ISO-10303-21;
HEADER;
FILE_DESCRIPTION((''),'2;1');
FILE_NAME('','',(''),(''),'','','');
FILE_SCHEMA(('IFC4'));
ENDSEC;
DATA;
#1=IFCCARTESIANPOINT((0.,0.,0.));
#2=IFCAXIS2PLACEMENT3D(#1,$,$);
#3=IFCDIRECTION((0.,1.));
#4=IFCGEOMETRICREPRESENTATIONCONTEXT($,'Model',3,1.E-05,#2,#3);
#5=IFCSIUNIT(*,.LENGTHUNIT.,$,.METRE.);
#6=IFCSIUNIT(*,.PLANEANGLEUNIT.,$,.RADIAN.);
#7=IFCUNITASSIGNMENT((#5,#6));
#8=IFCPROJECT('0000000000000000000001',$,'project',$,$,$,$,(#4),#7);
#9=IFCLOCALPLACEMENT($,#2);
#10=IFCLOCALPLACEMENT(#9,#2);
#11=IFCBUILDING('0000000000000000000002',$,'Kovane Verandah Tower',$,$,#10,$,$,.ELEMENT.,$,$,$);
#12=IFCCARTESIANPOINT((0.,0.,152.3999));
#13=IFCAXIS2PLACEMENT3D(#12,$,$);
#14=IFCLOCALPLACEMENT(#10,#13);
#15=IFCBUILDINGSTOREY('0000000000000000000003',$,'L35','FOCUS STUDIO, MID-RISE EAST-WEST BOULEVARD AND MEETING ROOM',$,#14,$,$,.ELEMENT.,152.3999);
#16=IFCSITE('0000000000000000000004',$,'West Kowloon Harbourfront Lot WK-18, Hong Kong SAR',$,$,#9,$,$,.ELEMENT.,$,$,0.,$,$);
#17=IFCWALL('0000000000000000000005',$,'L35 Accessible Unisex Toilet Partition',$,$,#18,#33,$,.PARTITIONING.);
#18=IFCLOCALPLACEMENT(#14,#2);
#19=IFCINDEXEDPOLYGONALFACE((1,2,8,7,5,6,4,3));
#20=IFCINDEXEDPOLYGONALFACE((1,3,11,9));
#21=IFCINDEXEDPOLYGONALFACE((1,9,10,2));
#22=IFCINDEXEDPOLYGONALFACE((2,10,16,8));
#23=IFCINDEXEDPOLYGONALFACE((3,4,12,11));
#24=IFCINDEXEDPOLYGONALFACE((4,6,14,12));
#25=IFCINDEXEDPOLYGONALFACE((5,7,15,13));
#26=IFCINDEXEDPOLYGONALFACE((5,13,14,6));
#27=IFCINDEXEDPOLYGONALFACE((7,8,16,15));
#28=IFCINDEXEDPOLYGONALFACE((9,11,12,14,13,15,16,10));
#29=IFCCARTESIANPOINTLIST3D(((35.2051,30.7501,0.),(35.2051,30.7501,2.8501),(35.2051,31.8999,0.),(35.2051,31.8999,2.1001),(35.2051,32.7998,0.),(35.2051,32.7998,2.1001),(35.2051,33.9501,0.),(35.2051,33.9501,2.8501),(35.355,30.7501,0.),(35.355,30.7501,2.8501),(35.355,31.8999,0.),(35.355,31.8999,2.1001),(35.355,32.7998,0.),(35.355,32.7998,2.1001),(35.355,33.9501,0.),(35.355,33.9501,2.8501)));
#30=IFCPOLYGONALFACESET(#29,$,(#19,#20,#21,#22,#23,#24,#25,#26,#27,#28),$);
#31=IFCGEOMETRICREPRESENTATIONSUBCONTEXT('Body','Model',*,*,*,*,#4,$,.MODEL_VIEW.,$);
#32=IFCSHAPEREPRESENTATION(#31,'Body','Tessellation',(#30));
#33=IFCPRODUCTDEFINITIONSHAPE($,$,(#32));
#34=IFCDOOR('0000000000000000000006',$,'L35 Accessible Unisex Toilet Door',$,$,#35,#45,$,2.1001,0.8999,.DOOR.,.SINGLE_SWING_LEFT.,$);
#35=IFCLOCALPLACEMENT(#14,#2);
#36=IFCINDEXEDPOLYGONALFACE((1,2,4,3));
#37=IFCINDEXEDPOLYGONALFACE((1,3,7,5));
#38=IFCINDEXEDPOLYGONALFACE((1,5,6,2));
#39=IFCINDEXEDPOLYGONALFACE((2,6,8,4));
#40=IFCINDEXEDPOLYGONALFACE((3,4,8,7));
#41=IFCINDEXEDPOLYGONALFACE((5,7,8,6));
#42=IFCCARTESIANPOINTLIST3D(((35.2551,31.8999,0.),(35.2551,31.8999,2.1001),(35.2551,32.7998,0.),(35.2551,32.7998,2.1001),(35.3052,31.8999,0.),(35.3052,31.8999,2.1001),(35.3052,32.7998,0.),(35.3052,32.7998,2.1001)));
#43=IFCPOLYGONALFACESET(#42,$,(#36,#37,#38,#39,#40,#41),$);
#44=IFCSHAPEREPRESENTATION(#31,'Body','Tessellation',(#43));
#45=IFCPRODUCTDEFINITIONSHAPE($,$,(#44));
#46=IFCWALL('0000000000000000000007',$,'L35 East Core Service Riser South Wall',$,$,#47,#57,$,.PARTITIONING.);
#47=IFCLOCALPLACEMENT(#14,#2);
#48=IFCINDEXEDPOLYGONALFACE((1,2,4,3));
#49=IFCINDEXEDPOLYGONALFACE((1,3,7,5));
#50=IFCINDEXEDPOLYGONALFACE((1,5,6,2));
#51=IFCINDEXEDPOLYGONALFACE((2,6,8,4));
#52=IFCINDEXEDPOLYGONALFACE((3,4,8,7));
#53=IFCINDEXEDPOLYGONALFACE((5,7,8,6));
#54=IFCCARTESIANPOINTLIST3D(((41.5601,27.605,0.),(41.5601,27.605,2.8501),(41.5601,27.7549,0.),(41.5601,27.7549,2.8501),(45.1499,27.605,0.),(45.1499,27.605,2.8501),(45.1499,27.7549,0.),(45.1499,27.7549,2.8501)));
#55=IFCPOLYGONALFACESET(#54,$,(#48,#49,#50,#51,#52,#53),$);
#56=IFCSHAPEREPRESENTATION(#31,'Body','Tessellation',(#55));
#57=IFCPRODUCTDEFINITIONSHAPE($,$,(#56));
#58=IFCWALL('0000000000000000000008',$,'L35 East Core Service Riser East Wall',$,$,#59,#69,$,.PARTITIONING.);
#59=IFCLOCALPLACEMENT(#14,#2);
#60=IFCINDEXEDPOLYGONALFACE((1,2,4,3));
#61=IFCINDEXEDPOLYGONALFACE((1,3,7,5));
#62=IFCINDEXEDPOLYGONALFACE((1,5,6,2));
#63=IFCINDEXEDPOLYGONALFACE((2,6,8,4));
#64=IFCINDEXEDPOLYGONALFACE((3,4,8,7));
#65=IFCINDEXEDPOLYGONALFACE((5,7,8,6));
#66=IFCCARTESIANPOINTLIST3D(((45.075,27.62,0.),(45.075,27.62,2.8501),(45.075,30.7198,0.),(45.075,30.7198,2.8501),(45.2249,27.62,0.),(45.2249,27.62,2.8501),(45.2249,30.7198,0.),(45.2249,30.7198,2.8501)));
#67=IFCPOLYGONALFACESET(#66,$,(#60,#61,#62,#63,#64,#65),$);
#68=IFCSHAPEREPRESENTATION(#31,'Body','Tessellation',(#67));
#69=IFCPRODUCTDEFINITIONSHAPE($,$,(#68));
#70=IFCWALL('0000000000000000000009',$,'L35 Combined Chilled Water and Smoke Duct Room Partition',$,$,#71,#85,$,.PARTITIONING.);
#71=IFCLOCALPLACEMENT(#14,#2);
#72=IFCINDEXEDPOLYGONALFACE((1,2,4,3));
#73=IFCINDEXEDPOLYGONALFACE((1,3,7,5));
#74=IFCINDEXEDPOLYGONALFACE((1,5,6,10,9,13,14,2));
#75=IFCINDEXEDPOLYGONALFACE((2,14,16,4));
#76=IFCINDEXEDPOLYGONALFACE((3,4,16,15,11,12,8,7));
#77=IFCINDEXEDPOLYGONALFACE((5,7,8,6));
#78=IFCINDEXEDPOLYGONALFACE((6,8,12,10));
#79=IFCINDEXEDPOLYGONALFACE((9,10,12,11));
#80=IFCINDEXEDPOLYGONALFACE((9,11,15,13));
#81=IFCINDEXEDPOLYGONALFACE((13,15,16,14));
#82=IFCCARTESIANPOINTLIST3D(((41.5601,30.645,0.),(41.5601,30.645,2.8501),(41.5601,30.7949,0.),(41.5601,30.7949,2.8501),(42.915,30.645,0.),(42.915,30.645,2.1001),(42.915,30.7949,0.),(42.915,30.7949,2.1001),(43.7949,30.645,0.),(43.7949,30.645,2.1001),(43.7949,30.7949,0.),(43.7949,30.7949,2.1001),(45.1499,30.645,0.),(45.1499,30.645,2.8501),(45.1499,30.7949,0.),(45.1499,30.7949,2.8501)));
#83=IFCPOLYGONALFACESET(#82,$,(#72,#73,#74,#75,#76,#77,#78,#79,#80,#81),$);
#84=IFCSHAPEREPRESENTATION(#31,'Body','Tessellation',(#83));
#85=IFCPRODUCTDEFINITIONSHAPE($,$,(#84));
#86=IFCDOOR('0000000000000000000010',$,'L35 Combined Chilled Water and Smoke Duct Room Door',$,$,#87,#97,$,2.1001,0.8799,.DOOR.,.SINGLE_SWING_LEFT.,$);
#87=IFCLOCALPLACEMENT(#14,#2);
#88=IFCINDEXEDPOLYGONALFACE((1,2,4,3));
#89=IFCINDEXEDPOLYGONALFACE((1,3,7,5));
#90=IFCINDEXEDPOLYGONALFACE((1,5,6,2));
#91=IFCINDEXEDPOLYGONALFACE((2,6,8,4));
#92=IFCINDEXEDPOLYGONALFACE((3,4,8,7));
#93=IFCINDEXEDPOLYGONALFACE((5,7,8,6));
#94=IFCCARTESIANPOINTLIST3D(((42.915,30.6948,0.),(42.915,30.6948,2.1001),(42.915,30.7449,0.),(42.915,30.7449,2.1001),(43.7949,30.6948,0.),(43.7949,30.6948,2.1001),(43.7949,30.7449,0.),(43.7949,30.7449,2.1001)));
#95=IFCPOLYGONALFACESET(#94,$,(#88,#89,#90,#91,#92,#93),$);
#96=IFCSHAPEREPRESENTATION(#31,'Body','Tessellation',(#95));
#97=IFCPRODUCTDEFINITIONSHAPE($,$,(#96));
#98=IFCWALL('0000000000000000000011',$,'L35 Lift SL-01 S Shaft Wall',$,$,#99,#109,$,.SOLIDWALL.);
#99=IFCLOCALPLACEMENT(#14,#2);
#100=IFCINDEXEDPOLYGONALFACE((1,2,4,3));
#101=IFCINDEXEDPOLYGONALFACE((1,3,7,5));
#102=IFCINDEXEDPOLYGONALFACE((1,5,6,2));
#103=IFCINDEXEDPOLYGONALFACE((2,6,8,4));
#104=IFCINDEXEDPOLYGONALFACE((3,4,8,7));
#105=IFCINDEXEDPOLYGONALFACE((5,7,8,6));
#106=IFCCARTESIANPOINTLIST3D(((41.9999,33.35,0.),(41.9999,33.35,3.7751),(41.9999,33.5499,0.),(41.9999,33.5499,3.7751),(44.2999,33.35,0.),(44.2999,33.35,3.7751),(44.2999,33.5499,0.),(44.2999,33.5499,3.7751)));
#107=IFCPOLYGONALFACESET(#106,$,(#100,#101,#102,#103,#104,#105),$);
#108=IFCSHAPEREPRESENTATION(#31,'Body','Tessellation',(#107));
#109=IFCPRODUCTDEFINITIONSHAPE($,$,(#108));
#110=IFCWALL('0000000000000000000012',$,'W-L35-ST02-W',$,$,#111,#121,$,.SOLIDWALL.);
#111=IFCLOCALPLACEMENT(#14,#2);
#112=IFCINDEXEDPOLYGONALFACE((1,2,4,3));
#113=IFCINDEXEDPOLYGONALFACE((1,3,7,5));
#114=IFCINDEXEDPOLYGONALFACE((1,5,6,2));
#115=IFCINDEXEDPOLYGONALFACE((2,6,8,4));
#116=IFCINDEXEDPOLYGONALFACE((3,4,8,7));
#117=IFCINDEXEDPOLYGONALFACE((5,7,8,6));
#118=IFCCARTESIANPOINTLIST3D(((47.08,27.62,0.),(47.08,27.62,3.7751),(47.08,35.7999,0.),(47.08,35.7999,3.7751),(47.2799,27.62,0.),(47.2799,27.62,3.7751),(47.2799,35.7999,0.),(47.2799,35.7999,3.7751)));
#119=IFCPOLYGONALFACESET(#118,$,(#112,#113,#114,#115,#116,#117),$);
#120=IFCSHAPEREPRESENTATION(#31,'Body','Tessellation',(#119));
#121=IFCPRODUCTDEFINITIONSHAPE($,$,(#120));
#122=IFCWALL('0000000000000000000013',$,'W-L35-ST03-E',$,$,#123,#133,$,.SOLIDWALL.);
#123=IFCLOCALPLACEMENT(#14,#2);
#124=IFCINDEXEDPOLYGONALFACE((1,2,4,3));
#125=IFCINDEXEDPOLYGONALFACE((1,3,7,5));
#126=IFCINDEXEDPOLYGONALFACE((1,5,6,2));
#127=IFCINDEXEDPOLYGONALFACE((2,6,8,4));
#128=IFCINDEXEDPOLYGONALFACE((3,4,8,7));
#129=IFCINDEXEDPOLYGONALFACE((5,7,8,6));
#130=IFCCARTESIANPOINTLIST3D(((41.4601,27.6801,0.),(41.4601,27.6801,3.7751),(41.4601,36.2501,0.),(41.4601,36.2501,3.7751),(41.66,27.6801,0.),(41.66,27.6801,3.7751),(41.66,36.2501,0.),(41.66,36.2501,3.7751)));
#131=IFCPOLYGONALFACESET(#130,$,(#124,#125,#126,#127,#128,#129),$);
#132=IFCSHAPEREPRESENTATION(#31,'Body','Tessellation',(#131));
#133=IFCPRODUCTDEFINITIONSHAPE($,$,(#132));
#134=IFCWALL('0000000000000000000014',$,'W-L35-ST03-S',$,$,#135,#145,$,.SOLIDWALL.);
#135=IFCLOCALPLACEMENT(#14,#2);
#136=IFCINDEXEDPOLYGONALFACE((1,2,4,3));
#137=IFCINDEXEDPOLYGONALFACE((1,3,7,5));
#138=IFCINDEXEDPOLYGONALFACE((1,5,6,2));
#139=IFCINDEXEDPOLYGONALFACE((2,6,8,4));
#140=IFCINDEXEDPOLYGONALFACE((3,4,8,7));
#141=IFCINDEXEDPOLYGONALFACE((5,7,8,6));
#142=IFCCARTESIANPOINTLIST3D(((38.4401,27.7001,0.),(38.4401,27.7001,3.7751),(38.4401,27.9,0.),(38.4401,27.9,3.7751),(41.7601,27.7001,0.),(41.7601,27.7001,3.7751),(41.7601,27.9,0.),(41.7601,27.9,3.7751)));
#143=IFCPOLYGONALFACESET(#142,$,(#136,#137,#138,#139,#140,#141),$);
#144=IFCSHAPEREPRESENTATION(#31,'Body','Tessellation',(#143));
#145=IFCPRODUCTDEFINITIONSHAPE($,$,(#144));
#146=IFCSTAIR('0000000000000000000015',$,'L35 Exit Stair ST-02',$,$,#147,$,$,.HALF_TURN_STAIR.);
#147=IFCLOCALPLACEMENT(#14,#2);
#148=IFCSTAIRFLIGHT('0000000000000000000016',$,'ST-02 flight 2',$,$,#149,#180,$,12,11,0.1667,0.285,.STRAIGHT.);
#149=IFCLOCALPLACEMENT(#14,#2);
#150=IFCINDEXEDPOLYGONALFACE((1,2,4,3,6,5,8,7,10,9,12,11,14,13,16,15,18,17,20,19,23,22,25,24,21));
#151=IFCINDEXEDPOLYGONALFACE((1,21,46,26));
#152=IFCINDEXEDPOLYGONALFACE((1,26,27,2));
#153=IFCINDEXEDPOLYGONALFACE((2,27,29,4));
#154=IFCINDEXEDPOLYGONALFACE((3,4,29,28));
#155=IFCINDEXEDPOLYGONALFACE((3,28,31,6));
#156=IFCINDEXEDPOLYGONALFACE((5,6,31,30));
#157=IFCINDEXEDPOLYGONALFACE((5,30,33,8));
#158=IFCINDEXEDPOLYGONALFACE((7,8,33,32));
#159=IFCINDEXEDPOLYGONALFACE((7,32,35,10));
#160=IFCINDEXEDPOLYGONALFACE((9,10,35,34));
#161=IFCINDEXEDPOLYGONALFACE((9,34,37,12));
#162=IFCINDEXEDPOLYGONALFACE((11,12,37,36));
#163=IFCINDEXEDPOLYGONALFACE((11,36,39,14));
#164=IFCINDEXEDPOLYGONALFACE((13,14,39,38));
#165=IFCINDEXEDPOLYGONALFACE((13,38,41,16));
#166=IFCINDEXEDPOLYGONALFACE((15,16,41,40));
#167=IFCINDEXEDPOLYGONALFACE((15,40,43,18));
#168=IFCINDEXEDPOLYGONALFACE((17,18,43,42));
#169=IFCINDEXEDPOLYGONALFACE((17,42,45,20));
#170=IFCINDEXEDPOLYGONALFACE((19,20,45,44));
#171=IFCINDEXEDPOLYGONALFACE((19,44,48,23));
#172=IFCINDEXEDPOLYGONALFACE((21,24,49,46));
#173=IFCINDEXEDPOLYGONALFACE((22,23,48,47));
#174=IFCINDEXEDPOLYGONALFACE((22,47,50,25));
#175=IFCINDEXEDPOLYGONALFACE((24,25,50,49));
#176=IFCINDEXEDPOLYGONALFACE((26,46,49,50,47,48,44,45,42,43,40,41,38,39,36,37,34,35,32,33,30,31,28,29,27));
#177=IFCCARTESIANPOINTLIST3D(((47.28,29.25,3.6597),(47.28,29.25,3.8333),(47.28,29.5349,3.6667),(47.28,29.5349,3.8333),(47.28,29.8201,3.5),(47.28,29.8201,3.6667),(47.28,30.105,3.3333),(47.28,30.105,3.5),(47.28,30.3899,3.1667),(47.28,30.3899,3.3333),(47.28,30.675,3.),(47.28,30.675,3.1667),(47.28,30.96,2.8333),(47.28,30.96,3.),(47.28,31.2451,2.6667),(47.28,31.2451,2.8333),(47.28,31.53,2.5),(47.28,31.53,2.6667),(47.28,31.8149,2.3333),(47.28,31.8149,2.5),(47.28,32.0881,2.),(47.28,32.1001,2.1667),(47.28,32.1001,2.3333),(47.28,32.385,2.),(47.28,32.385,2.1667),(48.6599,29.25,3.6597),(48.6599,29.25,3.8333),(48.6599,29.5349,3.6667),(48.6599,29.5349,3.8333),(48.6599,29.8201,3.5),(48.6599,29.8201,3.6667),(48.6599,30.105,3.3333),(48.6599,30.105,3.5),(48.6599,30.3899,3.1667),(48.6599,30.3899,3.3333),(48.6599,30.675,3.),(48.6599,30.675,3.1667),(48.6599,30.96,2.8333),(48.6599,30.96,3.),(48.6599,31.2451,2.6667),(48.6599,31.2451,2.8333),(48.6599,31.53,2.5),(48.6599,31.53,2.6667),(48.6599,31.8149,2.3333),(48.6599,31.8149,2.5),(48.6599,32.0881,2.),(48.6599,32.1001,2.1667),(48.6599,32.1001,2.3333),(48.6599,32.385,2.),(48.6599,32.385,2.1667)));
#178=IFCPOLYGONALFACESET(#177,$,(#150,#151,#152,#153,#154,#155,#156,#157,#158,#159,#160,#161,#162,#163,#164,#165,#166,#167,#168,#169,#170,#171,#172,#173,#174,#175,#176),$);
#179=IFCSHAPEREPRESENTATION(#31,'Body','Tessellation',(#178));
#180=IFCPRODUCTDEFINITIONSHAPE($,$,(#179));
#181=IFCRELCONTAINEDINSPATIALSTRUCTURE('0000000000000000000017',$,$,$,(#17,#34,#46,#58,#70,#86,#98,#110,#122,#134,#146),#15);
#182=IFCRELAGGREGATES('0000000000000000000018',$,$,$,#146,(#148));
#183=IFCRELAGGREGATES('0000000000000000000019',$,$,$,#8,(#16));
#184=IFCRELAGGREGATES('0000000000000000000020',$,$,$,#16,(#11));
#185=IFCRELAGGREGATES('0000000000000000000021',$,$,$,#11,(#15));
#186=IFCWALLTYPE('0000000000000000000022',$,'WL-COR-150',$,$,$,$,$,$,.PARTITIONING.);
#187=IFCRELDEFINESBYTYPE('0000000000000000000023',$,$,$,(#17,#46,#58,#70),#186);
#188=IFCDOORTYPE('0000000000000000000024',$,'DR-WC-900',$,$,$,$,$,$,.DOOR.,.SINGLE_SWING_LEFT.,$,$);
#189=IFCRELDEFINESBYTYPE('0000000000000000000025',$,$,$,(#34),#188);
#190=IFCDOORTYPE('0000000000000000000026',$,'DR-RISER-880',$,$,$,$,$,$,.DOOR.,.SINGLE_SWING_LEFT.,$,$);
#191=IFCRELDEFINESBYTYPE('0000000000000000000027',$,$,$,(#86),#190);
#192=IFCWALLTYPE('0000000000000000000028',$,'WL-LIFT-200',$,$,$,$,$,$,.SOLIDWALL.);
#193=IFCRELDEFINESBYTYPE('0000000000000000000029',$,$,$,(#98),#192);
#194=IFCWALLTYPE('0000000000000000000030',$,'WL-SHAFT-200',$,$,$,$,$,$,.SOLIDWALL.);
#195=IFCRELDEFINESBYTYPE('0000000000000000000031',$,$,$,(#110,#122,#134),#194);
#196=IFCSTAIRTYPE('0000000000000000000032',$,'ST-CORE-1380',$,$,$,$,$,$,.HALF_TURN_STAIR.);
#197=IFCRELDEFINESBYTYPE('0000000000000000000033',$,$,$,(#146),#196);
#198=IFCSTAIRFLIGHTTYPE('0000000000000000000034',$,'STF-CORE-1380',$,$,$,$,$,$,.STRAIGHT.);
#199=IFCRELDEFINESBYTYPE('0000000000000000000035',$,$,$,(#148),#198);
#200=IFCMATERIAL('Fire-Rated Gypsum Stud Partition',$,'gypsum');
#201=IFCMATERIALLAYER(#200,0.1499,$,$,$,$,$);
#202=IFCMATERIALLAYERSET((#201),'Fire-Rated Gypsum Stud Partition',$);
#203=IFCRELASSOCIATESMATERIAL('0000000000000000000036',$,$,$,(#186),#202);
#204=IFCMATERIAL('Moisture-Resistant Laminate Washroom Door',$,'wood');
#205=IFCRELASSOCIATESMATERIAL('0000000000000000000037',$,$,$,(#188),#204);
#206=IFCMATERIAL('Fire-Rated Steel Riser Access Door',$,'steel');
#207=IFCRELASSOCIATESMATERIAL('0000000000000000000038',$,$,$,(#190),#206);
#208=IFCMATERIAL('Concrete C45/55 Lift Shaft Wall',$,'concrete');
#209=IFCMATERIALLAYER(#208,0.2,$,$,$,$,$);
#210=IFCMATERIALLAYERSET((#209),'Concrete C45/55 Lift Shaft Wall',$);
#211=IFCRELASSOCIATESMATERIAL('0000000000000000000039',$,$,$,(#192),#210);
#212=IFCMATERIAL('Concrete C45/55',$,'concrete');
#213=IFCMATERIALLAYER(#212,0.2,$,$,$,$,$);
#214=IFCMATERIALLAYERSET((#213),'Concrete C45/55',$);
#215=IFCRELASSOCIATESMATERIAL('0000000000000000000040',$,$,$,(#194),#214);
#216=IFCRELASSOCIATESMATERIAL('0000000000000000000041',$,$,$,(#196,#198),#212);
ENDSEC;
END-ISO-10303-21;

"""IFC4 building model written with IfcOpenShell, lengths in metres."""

from ifc_helpers import new_model, si_unit, direction, frame, frame_2d, origin, place, context, subcontext, project, spatial, polyline, rectangle, outline, extrude, material, layer, layer_set, type_object, element, fill, aggregate, save


model = new_model("IFC4")

# Units and contexts
model_context = context("Model", 3, precision=1e-05, world=origin(), true_north=direction((0.0, 1.0)))
body_context = subcontext(model_context, "Body", "Model", "MODEL_VIEW")
ifc_project = project(units=[si_unit("LENGTHUNIT", "METRE"), si_unit("PLANEANGLEUNIT", "RADIAN")], contexts=[model_context])

# Site, building, storey
site_placement = place(None, origin())
site = spatial("IfcSite", under=ifc_project, at=site_placement, Name="West Kowloon Harbourfront Lot WK-18, Hong Kong SAR", CompositionType="ELEMENT", RefElevation=0.0)
building_placement = place(site_placement, origin())
building = spatial("IfcBuilding", under=site, at=building_placement, Name="Kovane Verandah Tower", CompositionType="ELEMENT")
storey_placement = place(building_placement, frame((0.0, 0.0, 152.3999)))
storey = spatial("IfcBuildingStorey", under=building, at=storey_placement, Name="L35", Description="FOCUS STUDIO, MID-RISE EAST-WEST BOULEVARD AND MEETING ROOM", CompositionType="ELEMENT", Elevation=152.3999)

# Wall, opening, door
ifc_material_1 = material(Name="Fire-Rated Gypsum Stud Partition", Category="gypsum")
ifc_layer_1 = layer(ifc_material_1, 0.1499)
ifc_layer_set_1 = layer_set([ifc_layer_1], Name="Fire-Rated Gypsum Stud Partition")
wall_type_1 = type_object("IfcWallType", Name="WL-COR-150", PredefinedType="PARTITIONING", material=ifc_layer_set_1)
wall_1_placement = place(storey_placement, frame((35.28, 30.75, 0.0), z_axis=(0.0, 0.0, 1.0), x_axis=(0.0, 1.0, 0.0)))
wall_1 = element("IfcWall", 1, at=wall_1_placement, inside=storey, type_object=wall_type_1, Name="L35 Accessible Unisex Toilet Partition", PredefinedType="PARTITIONING", context=body_context, shape_type="SweptSolid", body=[
    extrude(rectangle(XDim=3.2, YDim=0.1499, at=frame_2d((1.6001, 0.0))), origin(), (0.0, 0.0, 1.0), 2.8501),
])
opening_1_placement = place(wall_1_placement, frame((1.1499, 0.0, 0.0)))
opening_1 = element("IfcOpeningElement", 2, at=opening_1_placement, cuts=wall_1, PredefinedType="OPENING", context=body_context, shape_type="SweptSolid", body=[
    extrude(rectangle(XDim=0.8999, YDim=2.1001, at=frame_2d((0.45, 1.05))), frame((0.0, 0.075, 0.0), z_axis=(0.0, -1.0, 0.0), x_axis=(1.0, 0.0, 0.0)), (0.0, 0.0, 1.0), 0.1499),
])
ifc_material_2 = material(Name="Moisture-Resistant Laminate Washroom Door", Category="wood")
door_type_1 = type_object("IfcDoorType", Name="DR-WC-900", OperationType="SINGLE_SWING_LEFT", PredefinedType="DOOR", material=ifc_material_2)
door_1_placement = place(opening_1_placement, origin())
door_1 = element("IfcDoor", 3, at=door_1_placement, inside=storey, type_object=door_type_1, Name="L35 Accessible Unisex Toilet Door", OperationType="SINGLE_SWING_LEFT", OverallHeight=2.1001, OverallWidth=0.8999, PredefinedType="DOOR", context=body_context, shape_type="SweptSolid", body=[
    extrude(rectangle(XDim=0.8999, YDim=2.1001, at=frame_2d((0.45, 1.05))), frame((0.0, 0.0249, 0.0), z_axis=(0.0, -1.0, 0.0), x_axis=(1.0, 0.0, 0.0)), (0.0, 0.0, 1.0), 0.05),
])
fill(opening_1, door_1)

# Walls
wall_2_placement = place(storey_placement, frame((41.5601, 27.6799, 0.0), z_axis=(0.0, 0.0, 1.0), x_axis=(1.0, 0.0, 0.0)))
element("IfcWall", 4, at=wall_2_placement, inside=storey, type_object=wall_type_1, Name="L35 East Core Service Riser South Wall", PredefinedType="PARTITIONING", context=body_context, shape_type="SweptSolid", body=[
    extrude(rectangle(XDim=3.5898, YDim=0.1499, at=frame_2d((1.7949, 0.0))), origin(), (0.0, 0.0, 1.0), 2.8501),
])
wall_3_placement = place(storey_placement, frame((45.1499, 27.6201, 0.0), z_axis=(0.0, 0.0, 1.0), x_axis=(0.0, 1.0, 0.0)))
element("IfcWall", 5, at=wall_3_placement, inside=storey, type_object=wall_type_1, Name="L35 East Core Service Riser East Wall", PredefinedType="PARTITIONING", context=body_context, shape_type="SweptSolid", body=[
    extrude(rectangle(XDim=3.0999, YDim=0.1499, at=frame_2d((1.5498, 0.0))), origin(), (0.0, 0.0, 1.0), 2.8501),
])

# Wall, opening, door
wall_4_placement = place(storey_placement, frame((41.5601, 30.72, 0.0), z_axis=(0.0, 0.0, 1.0), x_axis=(1.0, 0.0, 0.0)))
wall_4 = element("IfcWall", 6, at=wall_4_placement, inside=storey, type_object=wall_type_1, Name="L35 Combined Chilled Water and Smoke Duct Room Partition", PredefinedType="PARTITIONING", context=body_context, shape_type="SweptSolid", body=[
    extrude(rectangle(XDim=3.5898, YDim=0.1499, at=frame_2d((1.7949, 0.0))), origin(), (0.0, 0.0, 1.0), 2.8501),
])
opening_2_placement = place(wall_4_placement, frame((1.355, 0.0, 0.0)))
opening_2 = element("IfcOpeningElement", 7, at=opening_2_placement, cuts=wall_4, PredefinedType="OPENING", context=body_context, shape_type="SweptSolid", body=[
    extrude(rectangle(XDim=0.8799, YDim=2.1001, at=frame_2d((0.4399, 1.05))), frame((0.0, 0.075, 0.0), z_axis=(0.0, -1.0, 0.0), x_axis=(1.0, 0.0, 0.0)), (0.0, 0.0, 1.0), 0.1499),
])
ifc_material_3 = material(Name="Fire-Rated Steel Riser Access Door", Category="steel")
door_type_2 = type_object("IfcDoorType", Name="DR-RISER-880", OperationType="SINGLE_SWING_LEFT", PredefinedType="DOOR", material=ifc_material_3)
door_2_placement = place(opening_2_placement, origin())
door_2 = element("IfcDoor", 8, at=door_2_placement, inside=storey, type_object=door_type_2, Name="L35 Combined Chilled Water and Smoke Duct Room Door", OperationType="SINGLE_SWING_LEFT", OverallHeight=2.1001, OverallWidth=0.8799, PredefinedType="DOOR", context=body_context, shape_type="SweptSolid", body=[
    extrude(rectangle(XDim=0.8799, YDim=2.1001, at=frame_2d((0.4399, 1.05))), frame((0.0, 0.0249, 0.0), z_axis=(0.0, -1.0, 0.0), x_axis=(1.0, 0.0, 0.0)), (0.0, 0.0, 1.0), 0.05),
])
fill(opening_2, door_2)

# Walls
ifc_material_4 = material(Name="Concrete C45/55 Lift Shaft Wall", Category="concrete")
ifc_layer_2 = layer(ifc_material_4, 0.2)
ifc_layer_set_2 = layer_set([ifc_layer_2], Name="Concrete C45/55 Lift Shaft Wall")
wall_type_2 = type_object("IfcWallType", Name="WL-LIFT-200", PredefinedType="SOLIDWALL", material=ifc_layer_set_2)
wall_5_placement = place(storey_placement, frame((42.0, 33.45, 0.0), z_axis=(0.0, 0.0, 1.0), x_axis=(1.0, 0.0, 0.0)))
element("IfcWall", 9, at=wall_5_placement, inside=storey, type_object=wall_type_2, Name="L35 Lift SL-01 S Shaft Wall", PredefinedType="SOLIDWALL", context=body_context, shape_type="SweptSolid", body=[
    extrude(rectangle(XDim=2.3, YDim=0.2, at=frame_2d((1.1499, 0.0))), origin(), (0.0, 0.0, 1.0), 3.7751),
])
ifc_material_5 = material(Name="Concrete C45/55", Category="concrete")
ifc_layer_3 = layer(ifc_material_5, 0.2)
ifc_layer_set_3 = layer_set([ifc_layer_3], Name="Concrete C45/55")
wall_type_3 = type_object("IfcWallType", Name="WL-SHAFT-200", PredefinedType="SOLIDWALL", material=ifc_layer_set_3)
wall_6_placement = place(storey_placement, frame((47.1799, 27.6201, 0.0), z_axis=(0.0, 0.0, 1.0), x_axis=(0.0, 1.0, 0.0)))
element("IfcWall", 10, at=wall_6_placement, inside=storey, type_object=wall_type_3, Name="W-L35-ST02-W", PredefinedType="SOLIDWALL", context=body_context, shape_type="SweptSolid", body=[
    extrude(rectangle(XDim=8.1799, YDim=0.2, at=frame_2d((4.0898, 0.0))), origin(), (0.0, 0.0, 1.0), 3.7751),
])

# Walls
wall_7_placement = place(storey_placement, frame((41.5601, 27.6799, 0.0), z_axis=(0.0, 0.0, 1.0), x_axis=(0.0, 1.0, 0.0)))
element("IfcWall", 11, at=wall_7_placement, inside=storey, type_object=wall_type_3, Name="W-L35-ST03-E", PredefinedType="SOLIDWALL", context=body_context, shape_type="SweptSolid", body=[
    extrude(rectangle(XDim=8.5701, YDim=0.2, at=frame_2d((4.2852, 0.0))), origin(), (0.0, 0.0, 1.0), 3.7751),
])
wall_8_placement = place(storey_placement, frame((38.4399, 27.8, 0.0), z_axis=(0.0, 0.0, 1.0), x_axis=(1.0, 0.0, 0.0)))
element("IfcWall", 12, at=wall_8_placement, inside=storey, type_object=wall_type_3, Name="W-L35-ST03-S", PredefinedType="SOLIDWALL", context=body_context, shape_type="SweptSolid", body=[
    extrude(rectangle(XDim=3.3201, YDim=0.2, at=frame_2d((1.6602, 0.0))), origin(), (0.0, 0.0, 1.0), 3.7751),
])

# Stair, stair flight
stair_type = type_object("IfcStairType", Name="ST-CORE-1380", PredefinedType="HALF_TURN_STAIR", material=ifc_material_5)
stair_1_placement = place(storey_placement, origin())
stair_1 = element("IfcStair", 13, at=stair_1_placement, inside=storey, type_object=stair_type, Name="L35 Exit Stair ST-02", PredefinedType="HALF_TURN_STAIR")
stair_flight_type = type_object("IfcStairFlightType", Name="STF-CORE-1380", PredefinedType="STRAIGHT", material=ifc_material_5)
stair_flight_1_placement = place(storey_placement, frame((47.97, 32.385, 2.0), z_axis=(0.0, 0.0, 1.0), x_axis=(0.0, -1.0, 0.0)))
stair_flight_1 = element("IfcStairFlight", 14, at=stair_flight_1_placement, type_object=stair_flight_type, Name="ST-02 flight 2", NumberOfRisers=12, NumberOfTreads=11, PredefinedType="STRAIGHT", RiserHeight=0.1667, TreadLength=0.285, context=body_context, shape_type="SweptSolid", body=[
    extrude(outline(polyline([(0.0, 0.0), (0.0, 0.1667), (0.2849, 0.1667), (0.2849, 0.3333), (0.5701, 0.3333), (0.5701, 0.5), (0.855, 0.5), (0.855, 0.6667), (1.1399, 0.6667), (1.1399, 0.8333), (1.425, 0.8333), (1.425, 1.0), (1.71, 1.0), (1.71, 1.1667), (1.9951, 1.1667), (1.9951, 1.3333), (2.28, 1.3333), (2.28, 1.5), (2.5649, 1.5), (2.5649, 1.6667), (2.8501, 1.6667), (2.8501, 1.8333), (3.135, 1.8333), (3.135, 2.0), (3.135, 1.6597), (0.2969, 0.0), (0.0, 0.0)])), frame((0.0, 0.6899, 0.0), z_axis=(0.0, -1.0, 0.0), x_axis=(1.0, 0.0, 0.0)), (0.0, 0.0, 1.0), 1.3799),
])
aggregate(stair_1, [stair_flight_1])

save(model, "model.ifc")
